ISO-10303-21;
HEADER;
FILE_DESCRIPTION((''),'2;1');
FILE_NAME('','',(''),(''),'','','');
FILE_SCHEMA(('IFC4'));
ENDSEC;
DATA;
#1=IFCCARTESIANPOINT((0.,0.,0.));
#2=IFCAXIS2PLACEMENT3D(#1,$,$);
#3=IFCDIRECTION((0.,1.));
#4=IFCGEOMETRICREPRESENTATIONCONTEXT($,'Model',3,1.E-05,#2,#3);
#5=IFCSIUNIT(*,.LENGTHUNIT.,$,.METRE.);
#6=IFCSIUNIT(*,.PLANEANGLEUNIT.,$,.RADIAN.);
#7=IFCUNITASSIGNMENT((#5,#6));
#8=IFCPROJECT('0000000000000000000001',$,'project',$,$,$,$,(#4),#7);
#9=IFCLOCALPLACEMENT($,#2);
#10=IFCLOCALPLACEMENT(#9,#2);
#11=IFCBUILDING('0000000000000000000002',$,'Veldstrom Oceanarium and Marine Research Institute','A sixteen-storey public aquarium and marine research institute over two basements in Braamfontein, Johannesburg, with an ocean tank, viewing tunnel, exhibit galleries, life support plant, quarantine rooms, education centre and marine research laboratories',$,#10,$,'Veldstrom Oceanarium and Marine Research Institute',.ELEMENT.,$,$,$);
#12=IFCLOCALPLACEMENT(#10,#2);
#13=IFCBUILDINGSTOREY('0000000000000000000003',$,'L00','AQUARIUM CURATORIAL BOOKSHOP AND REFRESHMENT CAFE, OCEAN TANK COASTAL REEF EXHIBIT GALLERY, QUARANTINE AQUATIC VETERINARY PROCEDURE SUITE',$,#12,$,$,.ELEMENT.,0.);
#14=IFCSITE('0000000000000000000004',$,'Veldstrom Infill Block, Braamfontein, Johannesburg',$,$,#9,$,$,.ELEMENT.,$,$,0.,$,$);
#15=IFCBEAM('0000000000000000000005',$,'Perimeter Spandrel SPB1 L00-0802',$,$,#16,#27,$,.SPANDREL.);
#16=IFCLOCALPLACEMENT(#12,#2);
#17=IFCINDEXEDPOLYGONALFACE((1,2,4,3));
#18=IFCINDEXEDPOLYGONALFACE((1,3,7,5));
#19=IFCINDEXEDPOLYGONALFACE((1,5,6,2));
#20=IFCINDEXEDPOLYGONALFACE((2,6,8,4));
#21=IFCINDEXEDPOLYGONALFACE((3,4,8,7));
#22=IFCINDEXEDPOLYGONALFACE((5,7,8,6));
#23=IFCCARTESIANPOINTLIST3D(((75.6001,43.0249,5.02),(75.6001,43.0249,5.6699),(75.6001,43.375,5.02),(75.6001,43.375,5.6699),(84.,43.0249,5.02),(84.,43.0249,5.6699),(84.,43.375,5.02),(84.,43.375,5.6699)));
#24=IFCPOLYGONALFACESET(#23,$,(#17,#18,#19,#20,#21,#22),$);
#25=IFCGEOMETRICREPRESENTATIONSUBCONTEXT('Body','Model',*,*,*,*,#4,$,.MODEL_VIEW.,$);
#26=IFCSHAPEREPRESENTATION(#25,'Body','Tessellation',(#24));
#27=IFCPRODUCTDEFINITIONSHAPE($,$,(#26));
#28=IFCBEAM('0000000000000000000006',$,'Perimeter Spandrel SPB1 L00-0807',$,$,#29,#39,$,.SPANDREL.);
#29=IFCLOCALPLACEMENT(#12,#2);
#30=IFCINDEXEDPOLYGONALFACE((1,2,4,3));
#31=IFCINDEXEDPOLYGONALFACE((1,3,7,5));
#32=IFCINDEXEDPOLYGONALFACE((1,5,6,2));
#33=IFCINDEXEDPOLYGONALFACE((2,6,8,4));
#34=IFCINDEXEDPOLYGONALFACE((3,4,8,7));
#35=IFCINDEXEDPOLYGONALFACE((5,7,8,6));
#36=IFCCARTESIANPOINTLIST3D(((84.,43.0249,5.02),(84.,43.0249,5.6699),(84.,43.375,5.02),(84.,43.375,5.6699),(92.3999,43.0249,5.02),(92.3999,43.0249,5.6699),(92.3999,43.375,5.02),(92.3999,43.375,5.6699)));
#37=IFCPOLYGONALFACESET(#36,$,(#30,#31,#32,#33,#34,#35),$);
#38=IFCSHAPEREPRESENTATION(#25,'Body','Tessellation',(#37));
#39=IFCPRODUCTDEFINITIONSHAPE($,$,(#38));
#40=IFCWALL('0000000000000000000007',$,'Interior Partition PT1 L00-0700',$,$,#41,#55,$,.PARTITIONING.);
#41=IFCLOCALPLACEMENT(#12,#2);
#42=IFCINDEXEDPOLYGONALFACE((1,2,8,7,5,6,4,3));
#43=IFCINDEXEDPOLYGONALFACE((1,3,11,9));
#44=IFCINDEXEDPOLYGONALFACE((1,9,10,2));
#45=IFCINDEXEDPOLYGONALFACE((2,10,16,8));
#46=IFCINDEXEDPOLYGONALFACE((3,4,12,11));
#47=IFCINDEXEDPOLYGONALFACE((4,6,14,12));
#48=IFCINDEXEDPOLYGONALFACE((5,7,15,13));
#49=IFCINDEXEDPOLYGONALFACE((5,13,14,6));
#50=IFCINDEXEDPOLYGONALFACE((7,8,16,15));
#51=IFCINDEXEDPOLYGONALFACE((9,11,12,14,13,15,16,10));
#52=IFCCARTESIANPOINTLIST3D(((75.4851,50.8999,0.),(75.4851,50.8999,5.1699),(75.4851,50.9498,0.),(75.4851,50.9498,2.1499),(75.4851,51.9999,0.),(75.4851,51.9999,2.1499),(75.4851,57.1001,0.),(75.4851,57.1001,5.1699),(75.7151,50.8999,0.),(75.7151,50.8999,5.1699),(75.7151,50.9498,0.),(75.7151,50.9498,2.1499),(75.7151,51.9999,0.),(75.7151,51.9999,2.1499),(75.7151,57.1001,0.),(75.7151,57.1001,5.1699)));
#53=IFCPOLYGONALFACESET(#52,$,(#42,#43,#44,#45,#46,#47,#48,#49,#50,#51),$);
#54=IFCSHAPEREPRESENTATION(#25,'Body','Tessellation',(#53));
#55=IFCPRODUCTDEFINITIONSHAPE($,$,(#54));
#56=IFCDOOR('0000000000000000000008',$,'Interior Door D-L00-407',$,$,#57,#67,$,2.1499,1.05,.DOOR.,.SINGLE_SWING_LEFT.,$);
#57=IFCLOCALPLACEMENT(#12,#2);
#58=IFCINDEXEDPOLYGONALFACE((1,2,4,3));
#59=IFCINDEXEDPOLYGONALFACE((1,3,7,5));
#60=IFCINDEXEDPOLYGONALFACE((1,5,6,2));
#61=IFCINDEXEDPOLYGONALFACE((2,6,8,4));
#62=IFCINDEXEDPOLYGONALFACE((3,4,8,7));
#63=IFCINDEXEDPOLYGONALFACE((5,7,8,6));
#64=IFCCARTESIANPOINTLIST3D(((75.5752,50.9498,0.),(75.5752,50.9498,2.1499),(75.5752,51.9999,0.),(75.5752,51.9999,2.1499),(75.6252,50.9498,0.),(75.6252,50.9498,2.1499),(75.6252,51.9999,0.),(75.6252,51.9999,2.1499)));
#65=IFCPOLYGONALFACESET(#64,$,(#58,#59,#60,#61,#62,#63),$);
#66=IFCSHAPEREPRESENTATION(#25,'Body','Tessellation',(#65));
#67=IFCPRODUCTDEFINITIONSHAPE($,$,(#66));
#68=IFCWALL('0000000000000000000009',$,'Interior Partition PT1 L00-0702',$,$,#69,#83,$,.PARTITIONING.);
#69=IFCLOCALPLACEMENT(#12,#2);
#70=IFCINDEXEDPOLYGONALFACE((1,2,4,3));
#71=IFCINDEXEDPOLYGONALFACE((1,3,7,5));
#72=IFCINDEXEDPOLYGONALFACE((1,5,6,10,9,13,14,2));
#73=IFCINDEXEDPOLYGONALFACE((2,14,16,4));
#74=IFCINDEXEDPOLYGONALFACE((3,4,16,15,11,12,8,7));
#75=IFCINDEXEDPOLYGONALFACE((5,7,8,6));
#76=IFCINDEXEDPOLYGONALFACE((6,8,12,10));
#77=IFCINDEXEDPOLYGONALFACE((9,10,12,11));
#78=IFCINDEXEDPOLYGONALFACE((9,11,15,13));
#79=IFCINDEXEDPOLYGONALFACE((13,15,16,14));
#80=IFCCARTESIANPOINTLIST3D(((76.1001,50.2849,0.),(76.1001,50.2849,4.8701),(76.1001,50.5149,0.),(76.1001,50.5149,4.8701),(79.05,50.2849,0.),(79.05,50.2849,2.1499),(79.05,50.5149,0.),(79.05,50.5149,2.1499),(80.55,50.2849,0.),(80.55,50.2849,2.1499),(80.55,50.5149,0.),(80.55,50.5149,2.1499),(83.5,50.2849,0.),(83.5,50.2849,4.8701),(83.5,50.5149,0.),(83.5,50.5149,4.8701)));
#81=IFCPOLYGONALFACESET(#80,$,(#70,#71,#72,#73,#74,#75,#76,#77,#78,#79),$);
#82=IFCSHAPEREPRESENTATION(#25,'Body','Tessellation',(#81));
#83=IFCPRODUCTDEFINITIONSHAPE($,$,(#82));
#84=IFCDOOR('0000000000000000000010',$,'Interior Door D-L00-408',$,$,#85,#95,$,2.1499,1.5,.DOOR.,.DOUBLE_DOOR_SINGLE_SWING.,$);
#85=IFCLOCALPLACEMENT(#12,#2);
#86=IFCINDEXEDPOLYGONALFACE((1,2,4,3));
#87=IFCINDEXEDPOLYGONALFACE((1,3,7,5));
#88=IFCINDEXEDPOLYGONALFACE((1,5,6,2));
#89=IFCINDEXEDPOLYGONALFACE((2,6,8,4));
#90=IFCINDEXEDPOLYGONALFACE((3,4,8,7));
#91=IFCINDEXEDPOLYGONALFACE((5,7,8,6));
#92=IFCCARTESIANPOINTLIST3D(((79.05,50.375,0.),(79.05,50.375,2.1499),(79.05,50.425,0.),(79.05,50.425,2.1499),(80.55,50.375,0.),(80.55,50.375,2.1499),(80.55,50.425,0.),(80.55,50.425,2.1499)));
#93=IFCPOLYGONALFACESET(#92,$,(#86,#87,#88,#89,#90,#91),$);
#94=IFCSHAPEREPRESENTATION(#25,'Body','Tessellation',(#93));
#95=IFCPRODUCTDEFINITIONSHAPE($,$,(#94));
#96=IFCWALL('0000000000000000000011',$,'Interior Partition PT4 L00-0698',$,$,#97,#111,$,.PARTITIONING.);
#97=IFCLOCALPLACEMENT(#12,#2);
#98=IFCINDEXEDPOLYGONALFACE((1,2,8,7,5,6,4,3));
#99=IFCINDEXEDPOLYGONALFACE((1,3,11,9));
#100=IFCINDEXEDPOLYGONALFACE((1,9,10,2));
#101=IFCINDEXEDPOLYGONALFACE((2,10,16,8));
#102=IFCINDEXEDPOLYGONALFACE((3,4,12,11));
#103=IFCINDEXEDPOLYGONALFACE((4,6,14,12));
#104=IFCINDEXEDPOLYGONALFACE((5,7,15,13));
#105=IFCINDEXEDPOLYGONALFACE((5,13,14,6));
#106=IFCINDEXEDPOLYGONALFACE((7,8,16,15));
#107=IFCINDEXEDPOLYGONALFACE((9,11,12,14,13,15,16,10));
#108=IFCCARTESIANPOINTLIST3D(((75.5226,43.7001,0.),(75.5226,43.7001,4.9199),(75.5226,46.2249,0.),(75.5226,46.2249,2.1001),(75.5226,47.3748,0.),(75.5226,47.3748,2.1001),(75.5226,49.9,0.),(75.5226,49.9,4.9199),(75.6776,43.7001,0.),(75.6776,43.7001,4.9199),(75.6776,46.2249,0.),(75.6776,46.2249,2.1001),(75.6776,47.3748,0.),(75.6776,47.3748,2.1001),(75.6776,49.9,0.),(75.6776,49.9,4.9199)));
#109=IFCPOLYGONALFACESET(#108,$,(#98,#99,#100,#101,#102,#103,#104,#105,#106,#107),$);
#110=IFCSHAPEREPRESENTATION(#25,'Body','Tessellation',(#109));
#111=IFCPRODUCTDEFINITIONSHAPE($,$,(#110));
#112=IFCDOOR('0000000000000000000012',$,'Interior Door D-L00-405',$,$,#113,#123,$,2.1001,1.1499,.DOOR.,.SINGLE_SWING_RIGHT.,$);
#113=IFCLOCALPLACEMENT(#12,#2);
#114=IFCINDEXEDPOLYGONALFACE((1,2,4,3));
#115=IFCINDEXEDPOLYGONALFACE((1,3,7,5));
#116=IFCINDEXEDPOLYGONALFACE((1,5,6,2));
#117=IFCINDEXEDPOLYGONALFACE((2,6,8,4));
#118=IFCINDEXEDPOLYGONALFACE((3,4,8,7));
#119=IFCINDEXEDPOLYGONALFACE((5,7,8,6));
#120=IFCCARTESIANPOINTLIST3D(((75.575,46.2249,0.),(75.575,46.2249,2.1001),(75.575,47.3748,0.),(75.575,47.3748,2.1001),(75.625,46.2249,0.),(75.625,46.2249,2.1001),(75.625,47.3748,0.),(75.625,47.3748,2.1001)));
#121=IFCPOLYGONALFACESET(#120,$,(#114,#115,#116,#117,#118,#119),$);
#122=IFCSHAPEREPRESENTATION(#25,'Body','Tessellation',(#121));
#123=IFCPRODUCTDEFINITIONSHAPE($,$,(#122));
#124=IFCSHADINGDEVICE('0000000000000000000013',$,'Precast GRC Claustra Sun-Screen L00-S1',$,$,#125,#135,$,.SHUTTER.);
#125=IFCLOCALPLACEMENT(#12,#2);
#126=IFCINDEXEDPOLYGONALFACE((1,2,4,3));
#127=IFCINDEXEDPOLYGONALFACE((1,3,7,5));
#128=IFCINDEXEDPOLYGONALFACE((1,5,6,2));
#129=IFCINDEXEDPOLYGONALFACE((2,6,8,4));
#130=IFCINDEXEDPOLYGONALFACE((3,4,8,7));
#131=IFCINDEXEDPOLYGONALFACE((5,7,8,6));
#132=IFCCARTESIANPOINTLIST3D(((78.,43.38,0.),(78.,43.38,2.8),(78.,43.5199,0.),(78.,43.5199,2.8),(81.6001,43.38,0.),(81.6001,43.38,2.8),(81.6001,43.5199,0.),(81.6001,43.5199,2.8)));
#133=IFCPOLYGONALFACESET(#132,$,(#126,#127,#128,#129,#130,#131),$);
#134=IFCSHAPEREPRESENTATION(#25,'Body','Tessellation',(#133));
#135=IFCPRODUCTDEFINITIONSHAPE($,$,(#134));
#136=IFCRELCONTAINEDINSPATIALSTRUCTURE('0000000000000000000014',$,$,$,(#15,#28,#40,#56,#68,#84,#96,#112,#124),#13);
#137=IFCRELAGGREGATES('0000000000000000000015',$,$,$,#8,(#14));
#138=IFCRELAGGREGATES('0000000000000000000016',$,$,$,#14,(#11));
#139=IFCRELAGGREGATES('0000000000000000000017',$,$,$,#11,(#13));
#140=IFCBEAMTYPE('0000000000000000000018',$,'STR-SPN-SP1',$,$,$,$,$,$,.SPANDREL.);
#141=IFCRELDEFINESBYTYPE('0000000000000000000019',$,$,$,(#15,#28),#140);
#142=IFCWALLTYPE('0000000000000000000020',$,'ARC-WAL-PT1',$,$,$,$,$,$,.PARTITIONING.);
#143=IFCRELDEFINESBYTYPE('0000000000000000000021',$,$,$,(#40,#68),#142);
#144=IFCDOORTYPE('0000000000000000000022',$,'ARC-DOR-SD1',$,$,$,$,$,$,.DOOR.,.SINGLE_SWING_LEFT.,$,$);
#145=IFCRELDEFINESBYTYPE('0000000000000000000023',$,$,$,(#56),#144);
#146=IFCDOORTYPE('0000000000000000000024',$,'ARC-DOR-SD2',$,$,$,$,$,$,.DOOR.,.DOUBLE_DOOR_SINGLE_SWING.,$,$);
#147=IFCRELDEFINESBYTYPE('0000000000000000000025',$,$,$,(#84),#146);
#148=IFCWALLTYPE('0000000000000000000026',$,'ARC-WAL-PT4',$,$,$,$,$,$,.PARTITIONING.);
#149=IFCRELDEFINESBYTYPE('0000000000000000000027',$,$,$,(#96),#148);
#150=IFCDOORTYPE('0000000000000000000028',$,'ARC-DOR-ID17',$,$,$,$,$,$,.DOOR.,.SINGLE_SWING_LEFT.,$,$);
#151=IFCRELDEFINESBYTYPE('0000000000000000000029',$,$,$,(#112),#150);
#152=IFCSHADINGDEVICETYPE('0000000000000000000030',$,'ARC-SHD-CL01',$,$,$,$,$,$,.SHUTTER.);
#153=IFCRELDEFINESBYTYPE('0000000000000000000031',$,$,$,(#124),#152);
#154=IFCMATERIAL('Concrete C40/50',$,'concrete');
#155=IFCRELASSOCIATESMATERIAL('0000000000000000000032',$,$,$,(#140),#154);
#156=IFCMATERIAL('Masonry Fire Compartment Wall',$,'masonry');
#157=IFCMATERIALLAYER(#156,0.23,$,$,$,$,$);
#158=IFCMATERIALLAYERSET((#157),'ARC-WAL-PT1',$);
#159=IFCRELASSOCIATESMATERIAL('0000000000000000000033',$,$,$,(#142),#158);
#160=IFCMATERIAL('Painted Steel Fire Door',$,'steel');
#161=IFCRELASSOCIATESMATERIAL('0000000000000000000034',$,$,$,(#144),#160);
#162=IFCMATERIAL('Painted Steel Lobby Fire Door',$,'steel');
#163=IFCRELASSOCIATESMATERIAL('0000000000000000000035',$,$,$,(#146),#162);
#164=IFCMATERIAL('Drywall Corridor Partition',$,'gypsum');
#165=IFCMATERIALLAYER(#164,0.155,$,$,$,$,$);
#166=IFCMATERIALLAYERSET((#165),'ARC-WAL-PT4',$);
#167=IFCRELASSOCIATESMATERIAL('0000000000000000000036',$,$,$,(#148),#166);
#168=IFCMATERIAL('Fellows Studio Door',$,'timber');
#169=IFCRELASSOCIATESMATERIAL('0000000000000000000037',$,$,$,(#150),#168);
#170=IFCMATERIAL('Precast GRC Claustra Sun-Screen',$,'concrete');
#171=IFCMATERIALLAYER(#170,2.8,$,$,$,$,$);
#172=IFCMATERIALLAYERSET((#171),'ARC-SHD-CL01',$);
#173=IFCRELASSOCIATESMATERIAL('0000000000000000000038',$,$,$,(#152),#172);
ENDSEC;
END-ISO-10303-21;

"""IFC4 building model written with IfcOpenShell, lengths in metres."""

from ifc_helpers import new_model, si_unit, direction, frame, frame_2d, origin, origin_2d, place, context, subcontext, project, spatial, rectangle, extrude, material, layer, layer_set, material_profile, profile_set, type_object, element, fill, save


model = new_model("IFC4")

# Units and contexts
model_context = context("Model", 3, precision=1e-05, world=origin(), true_north=direction((0.0, 1.0)))
body_context = subcontext(model_context, "Body", "Model", "MODEL_VIEW")
ifc_project = project(units=[si_unit("LENGTHUNIT", "METRE"), si_unit("PLANEANGLEUNIT", "RADIAN")], contexts=[model_context])

# Site, building, storey
site_placement = place(None, origin())
site = spatial("IfcSite", under=ifc_project, at=site_placement, Name="Veldstrom Infill Block, Braamfontein, Johannesburg", CompositionType="ELEMENT", RefElevation=0.0)
building_placement = place(site_placement, origin())
building = spatial("IfcBuilding", under=site, at=building_placement, Name="Veldstrom Oceanarium and Marine Research Institute", Description="A sixteen-storey public aquarium and marine research institute over two basements in Braamfontein, Johannesburg, with an ocean tank, viewing tunnel, exhibit galleries, life support plant, quarantine rooms, education centre and marine research laboratories", LongName="Veldstrom Oceanarium and Marine Research Institute", CompositionType="ELEMENT")
storey_placement = place(building_placement, origin())
storey = spatial("IfcBuildingStorey", under=building, at=storey_placement, Name="L00", Description="AQUARIUM CURATORIAL BOOKSHOP AND REFRESHMENT CAFE, OCEAN TANK COASTAL REEF EXHIBIT GALLERY, QUARANTINE AQUATIC VETERINARY PROCEDURE SUITE", CompositionType="ELEMENT", Elevation=0.0)

# Beams
ifc_material_1 = material(Name="Concrete C40/50", Category="concrete")
ifc_material_profile_1 = material_profile(ifc_material_1, rectangle(XDim=0.3501, YDim=0.6499, at=origin_2d()), Name="RC-SPN-350x650")
ifc_profile_set_1 = profile_set([ifc_material_profile_1], Name="Concrete C40/50")
beam_type_1 = type_object("IfcBeamType", Name="STR-SPN-SP1", PredefinedType="SPANDREL", material=ifc_profile_set_1)
for number, where, z_axis, x_axis, name in (
    (1, (75.6001, 43.2, 5.345), (1.0, 0.0, 0.0), (0.0, 1.0, 0.0), "Perimeter Spandrel SPB1 L00-0802"),
    (2, (84.0, 43.2, 5.345), (1.0, 0.0, 0.0), (0.0, 1.0, 0.0), "Perimeter Spandrel SPB1 L00-0807"),
):
    element("IfcBeam", number, at=place(storey_placement, frame(where, z_axis=z_axis, x_axis=x_axis)), inside=storey, type_object=beam_type_1, Name=name, PredefinedType="SPANDREL", context=body_context, shape_type="SweptSolid", body=[
        extrude(rectangle(XDim=0.3501, YDim=0.6499, at=origin_2d()), origin(), (0.0, 0.0, 1.0), 8.3999),
    ])

# Walls, openings, doors
ifc_material_2 = material(Name="Masonry Fire Compartment Wall", Category="masonry")
ifc_layer_1 = layer(ifc_material_2, 0.23)
ifc_layer_set_1 = layer_set([ifc_layer_1], Name="ARC-WAL-PT1")
wall_type_1 = type_object("IfcWallType", Name="ARC-WAL-PT1", PredefinedType="PARTITIONING", material=ifc_layer_set_1)
wall_1_placement = place(storey_placement, frame((75.6001, 50.8999, 0.0), z_axis=(0.0, 0.0, 1.0), x_axis=(0.0, 1.0, 0.0)))
wall_1 = element("IfcWall", 3, at=wall_1_placement, inside=storey, type_object=wall_type_1, Name="Interior Partition PT1 L00-0700", PredefinedType="PARTITIONING", context=body_context, shape_type="SweptSolid", body=[
    extrude(rectangle(XDim=6.2002, YDim=0.23, at=frame_2d((3.1001, 0.0))), origin(), (0.0, 0.0, 1.0), 5.1699),
])
opening_1_placement = place(wall_1_placement, frame((0.05, 0.0, 0.0)))
opening_1 = element("IfcOpeningElement", 4, at=opening_1_placement, cuts=wall_1, PredefinedType="OPENING", context=body_context, shape_type="SweptSolid", body=[
    extrude(rectangle(XDim=1.05, YDim=2.1499, at=frame_2d((0.5249, 1.075))), frame((0.0, 0.125, 0.0), z_axis=(0.0, -1.0, 0.0), x_axis=(1.0, 0.0, 0.0)), (0.0, 0.0, 1.0), 0.25),
])
ifc_material_3 = material(Name="Painted Steel Fire Door", Category="steel")
door_type_1 = type_object("IfcDoorType", Name="ARC-DOR-SD1", OperationType="SINGLE_SWING_LEFT", PredefinedType="DOOR", material=ifc_material_3)
door_1_placement = place(opening_1_placement, origin())
door_1 = element("IfcDoor", 5, at=door_1_placement, inside=storey, type_object=door_type_1, Name="Interior Door D-L00-407", OperationType="SINGLE_SWING_LEFT", OverallHeight=2.1499, OverallWidth=1.05, PredefinedType="DOOR", context=body_context, shape_type="SweptSolid", body=[
    extrude(rectangle(XDim=1.05, YDim=2.1499, at=frame_2d((0.5249, 1.075))), frame((0.0, 0.0249, 0.0), z_axis=(0.0, -1.0, 0.0), x_axis=(1.0, 0.0, 0.0)), (0.0, 0.0, 1.0), 0.05),
])
fill(opening_1, door_1)
wall_2_placement = place(storey_placement, frame((76.1001, 50.3999, 0.0), z_axis=(0.0, 0.0, 1.0), x_axis=(1.0, 0.0, 0.0)))
wall_2 = element("IfcWall", 6, at=wall_2_placement, inside=storey, type_object=wall_type_1, Name="Interior Partition PT1 L00-0702", PredefinedType="PARTITIONING", context=body_context, shape_type="SweptSolid", body=[
    extrude(rectangle(XDim=7.3999, YDim=0.23, at=frame_2d((3.7, 0.0))), origin(), (0.0, 0.0, 1.0), 4.8701),
])
opening_2_placement = place(wall_2_placement, frame((2.95, 0.0, 0.0)))
opening_2 = element("IfcOpeningElement", 7, at=opening_2_placement, cuts=wall_2, PredefinedType="OPENING", context=body_context, shape_type="SweptSolid", body=[
    extrude(rectangle(XDim=1.5, YDim=2.1499, at=frame_2d((0.75, 1.075))), frame((0.0, 0.125, 0.0), z_axis=(0.0, -1.0, 0.0), x_axis=(1.0, 0.0, 0.0)), (0.0, 0.0, 1.0), 0.25),
])
ifc_material_4 = material(Name="Painted Steel Lobby Fire Door", Category="steel")
door_type_2 = type_object("IfcDoorType", Name="ARC-DOR-SD2", OperationType="DOUBLE_DOOR_SINGLE_SWING", PredefinedType="DOOR", material=ifc_material_4)
door_2_placement = place(opening_2_placement, frame((1.5, 0.0, 0.0), z_axis=(0.0, 0.0, 1.0), x_axis=(-1.0, 0.0, 0.0)))
door_2 = element("IfcDoor", 8, at=door_2_placement, inside=storey, type_object=door_type_2, Name="Interior Door D-L00-408", OperationType="DOUBLE_DOOR_SINGLE_SWING", OverallHeight=2.1499, OverallWidth=1.5, PredefinedType="DOOR", context=body_context, shape_type="SweptSolid", body=[
    extrude(rectangle(XDim=1.5, YDim=2.1499, at=frame_2d((0.75, 1.075))), frame((0.0, 0.0249, 0.0), z_axis=(0.0, -1.0, 0.0), x_axis=(1.0, 0.0, 0.0)), (0.0, 0.0, 1.0), 0.05),
])
fill(opening_2, door_2)
ifc_material_5 = material(Name="Drywall Corridor Partition", Category="gypsum")
ifc_layer_2 = layer(ifc_material_5, 0.155)
ifc_layer_set_2 = layer_set([ifc_layer_2], Name="ARC-WAL-PT4")
wall_type_2 = type_object("IfcWallType", Name="ARC-WAL-PT4", PredefinedType="PARTITIONING", material=ifc_layer_set_2)
wall_3_placement = place(storey_placement, frame((75.6001, 43.7, 0.0), z_axis=(0.0, 0.0, 1.0), x_axis=(0.0, 1.0, 0.0)))
wall_3 = element("IfcWall", 9, at=wall_3_placement, inside=storey, type_object=wall_type_2, Name="Interior Partition PT4 L00-0698", PredefinedType="PARTITIONING", context=body_context, shape_type="SweptSolid", body=[
    extrude(rectangle(XDim=6.2, YDim=0.155, at=frame_2d((3.1001, 0.0))), origin(), (0.0, 0.0, 1.0), 4.9199),
])
opening_3_placement = place(wall_3_placement, frame((2.5249, 0.0, 0.0)))
opening_3 = element("IfcOpeningElement", 10, at=opening_3_placement, cuts=wall_3, PredefinedType="OPENING", context=body_context, shape_type="SweptSolid", body=[
    extrude(rectangle(XDim=1.1499, YDim=2.1001, at=frame_2d((0.575, 1.05))), frame((0.0, 0.0874, 0.0), z_axis=(0.0, -1.0, 0.0), x_axis=(1.0, 0.0, 0.0)), (0.0, 0.0, 1.0), 0.175),
])
ifc_material_6 = material(Name="Fellows Studio Door", Category="timber")
door_type_3 = type_object("IfcDoorType", Name="ARC-DOR-ID17", OperationType="SINGLE_SWING_LEFT", PredefinedType="DOOR", material=ifc_material_6)
door_3_placement = place(opening_3_placement, frame((1.1499, 0.0, 0.0), z_axis=(0.0, 0.0, 1.0), x_axis=(-1.0, 0.0, 0.0)))
door_3 = element("IfcDoor", 11, at=door_3_placement, inside=storey, type_object=door_type_3, Name="Interior Door D-L00-405", OperationType="SINGLE_SWING_RIGHT", OverallHeight=2.1001, OverallWidth=1.1499, PredefinedType="DOOR", context=body_context, shape_type="SweptSolid", body=[
    extrude(rectangle(XDim=1.1499, YDim=2.1001, at=frame_2d((0.575, 1.05))), frame((0.0, 0.0249, 0.0), z_axis=(0.0, -1.0, 0.0), x_axis=(1.0, 0.0, 0.0)), (0.0, 0.0, 1.0), 0.05),
])
fill(opening_3, door_3)

# Shading device
ifc_material_7 = material(Name="Precast GRC Claustra Sun-Screen", Category="concrete")
ifc_layer_3 = layer(ifc_material_7, 2.8)
ifc_layer_set_3 = layer_set([ifc_layer_3], Name="ARC-SHD-CL01")
shading_device_type = type_object("IfcShadingDeviceType", Name="ARC-SHD-CL01", PredefinedType="SHUTTER", material=ifc_layer_set_3)
shading_device_placement = place(storey_placement, frame((79.8, 43.45, 0.0), z_axis=(0.0, 0.0, 1.0), x_axis=(1.0, 0.0, 0.0)))
element("IfcShadingDevice", 12, at=shading_device_placement, inside=storey, type_object=shading_device_type, Name="Precast GRC Claustra Sun-Screen L00-S1", PredefinedType="SHUTTER", context=body_context, shape_type="SweptSolid", body=[
    extrude(rectangle(XDim=3.6001, YDim=0.1399, at=origin_2d()), origin(), (0.0, 0.0, 1.0), 2.8),
])

save(model, "model.ifc")
